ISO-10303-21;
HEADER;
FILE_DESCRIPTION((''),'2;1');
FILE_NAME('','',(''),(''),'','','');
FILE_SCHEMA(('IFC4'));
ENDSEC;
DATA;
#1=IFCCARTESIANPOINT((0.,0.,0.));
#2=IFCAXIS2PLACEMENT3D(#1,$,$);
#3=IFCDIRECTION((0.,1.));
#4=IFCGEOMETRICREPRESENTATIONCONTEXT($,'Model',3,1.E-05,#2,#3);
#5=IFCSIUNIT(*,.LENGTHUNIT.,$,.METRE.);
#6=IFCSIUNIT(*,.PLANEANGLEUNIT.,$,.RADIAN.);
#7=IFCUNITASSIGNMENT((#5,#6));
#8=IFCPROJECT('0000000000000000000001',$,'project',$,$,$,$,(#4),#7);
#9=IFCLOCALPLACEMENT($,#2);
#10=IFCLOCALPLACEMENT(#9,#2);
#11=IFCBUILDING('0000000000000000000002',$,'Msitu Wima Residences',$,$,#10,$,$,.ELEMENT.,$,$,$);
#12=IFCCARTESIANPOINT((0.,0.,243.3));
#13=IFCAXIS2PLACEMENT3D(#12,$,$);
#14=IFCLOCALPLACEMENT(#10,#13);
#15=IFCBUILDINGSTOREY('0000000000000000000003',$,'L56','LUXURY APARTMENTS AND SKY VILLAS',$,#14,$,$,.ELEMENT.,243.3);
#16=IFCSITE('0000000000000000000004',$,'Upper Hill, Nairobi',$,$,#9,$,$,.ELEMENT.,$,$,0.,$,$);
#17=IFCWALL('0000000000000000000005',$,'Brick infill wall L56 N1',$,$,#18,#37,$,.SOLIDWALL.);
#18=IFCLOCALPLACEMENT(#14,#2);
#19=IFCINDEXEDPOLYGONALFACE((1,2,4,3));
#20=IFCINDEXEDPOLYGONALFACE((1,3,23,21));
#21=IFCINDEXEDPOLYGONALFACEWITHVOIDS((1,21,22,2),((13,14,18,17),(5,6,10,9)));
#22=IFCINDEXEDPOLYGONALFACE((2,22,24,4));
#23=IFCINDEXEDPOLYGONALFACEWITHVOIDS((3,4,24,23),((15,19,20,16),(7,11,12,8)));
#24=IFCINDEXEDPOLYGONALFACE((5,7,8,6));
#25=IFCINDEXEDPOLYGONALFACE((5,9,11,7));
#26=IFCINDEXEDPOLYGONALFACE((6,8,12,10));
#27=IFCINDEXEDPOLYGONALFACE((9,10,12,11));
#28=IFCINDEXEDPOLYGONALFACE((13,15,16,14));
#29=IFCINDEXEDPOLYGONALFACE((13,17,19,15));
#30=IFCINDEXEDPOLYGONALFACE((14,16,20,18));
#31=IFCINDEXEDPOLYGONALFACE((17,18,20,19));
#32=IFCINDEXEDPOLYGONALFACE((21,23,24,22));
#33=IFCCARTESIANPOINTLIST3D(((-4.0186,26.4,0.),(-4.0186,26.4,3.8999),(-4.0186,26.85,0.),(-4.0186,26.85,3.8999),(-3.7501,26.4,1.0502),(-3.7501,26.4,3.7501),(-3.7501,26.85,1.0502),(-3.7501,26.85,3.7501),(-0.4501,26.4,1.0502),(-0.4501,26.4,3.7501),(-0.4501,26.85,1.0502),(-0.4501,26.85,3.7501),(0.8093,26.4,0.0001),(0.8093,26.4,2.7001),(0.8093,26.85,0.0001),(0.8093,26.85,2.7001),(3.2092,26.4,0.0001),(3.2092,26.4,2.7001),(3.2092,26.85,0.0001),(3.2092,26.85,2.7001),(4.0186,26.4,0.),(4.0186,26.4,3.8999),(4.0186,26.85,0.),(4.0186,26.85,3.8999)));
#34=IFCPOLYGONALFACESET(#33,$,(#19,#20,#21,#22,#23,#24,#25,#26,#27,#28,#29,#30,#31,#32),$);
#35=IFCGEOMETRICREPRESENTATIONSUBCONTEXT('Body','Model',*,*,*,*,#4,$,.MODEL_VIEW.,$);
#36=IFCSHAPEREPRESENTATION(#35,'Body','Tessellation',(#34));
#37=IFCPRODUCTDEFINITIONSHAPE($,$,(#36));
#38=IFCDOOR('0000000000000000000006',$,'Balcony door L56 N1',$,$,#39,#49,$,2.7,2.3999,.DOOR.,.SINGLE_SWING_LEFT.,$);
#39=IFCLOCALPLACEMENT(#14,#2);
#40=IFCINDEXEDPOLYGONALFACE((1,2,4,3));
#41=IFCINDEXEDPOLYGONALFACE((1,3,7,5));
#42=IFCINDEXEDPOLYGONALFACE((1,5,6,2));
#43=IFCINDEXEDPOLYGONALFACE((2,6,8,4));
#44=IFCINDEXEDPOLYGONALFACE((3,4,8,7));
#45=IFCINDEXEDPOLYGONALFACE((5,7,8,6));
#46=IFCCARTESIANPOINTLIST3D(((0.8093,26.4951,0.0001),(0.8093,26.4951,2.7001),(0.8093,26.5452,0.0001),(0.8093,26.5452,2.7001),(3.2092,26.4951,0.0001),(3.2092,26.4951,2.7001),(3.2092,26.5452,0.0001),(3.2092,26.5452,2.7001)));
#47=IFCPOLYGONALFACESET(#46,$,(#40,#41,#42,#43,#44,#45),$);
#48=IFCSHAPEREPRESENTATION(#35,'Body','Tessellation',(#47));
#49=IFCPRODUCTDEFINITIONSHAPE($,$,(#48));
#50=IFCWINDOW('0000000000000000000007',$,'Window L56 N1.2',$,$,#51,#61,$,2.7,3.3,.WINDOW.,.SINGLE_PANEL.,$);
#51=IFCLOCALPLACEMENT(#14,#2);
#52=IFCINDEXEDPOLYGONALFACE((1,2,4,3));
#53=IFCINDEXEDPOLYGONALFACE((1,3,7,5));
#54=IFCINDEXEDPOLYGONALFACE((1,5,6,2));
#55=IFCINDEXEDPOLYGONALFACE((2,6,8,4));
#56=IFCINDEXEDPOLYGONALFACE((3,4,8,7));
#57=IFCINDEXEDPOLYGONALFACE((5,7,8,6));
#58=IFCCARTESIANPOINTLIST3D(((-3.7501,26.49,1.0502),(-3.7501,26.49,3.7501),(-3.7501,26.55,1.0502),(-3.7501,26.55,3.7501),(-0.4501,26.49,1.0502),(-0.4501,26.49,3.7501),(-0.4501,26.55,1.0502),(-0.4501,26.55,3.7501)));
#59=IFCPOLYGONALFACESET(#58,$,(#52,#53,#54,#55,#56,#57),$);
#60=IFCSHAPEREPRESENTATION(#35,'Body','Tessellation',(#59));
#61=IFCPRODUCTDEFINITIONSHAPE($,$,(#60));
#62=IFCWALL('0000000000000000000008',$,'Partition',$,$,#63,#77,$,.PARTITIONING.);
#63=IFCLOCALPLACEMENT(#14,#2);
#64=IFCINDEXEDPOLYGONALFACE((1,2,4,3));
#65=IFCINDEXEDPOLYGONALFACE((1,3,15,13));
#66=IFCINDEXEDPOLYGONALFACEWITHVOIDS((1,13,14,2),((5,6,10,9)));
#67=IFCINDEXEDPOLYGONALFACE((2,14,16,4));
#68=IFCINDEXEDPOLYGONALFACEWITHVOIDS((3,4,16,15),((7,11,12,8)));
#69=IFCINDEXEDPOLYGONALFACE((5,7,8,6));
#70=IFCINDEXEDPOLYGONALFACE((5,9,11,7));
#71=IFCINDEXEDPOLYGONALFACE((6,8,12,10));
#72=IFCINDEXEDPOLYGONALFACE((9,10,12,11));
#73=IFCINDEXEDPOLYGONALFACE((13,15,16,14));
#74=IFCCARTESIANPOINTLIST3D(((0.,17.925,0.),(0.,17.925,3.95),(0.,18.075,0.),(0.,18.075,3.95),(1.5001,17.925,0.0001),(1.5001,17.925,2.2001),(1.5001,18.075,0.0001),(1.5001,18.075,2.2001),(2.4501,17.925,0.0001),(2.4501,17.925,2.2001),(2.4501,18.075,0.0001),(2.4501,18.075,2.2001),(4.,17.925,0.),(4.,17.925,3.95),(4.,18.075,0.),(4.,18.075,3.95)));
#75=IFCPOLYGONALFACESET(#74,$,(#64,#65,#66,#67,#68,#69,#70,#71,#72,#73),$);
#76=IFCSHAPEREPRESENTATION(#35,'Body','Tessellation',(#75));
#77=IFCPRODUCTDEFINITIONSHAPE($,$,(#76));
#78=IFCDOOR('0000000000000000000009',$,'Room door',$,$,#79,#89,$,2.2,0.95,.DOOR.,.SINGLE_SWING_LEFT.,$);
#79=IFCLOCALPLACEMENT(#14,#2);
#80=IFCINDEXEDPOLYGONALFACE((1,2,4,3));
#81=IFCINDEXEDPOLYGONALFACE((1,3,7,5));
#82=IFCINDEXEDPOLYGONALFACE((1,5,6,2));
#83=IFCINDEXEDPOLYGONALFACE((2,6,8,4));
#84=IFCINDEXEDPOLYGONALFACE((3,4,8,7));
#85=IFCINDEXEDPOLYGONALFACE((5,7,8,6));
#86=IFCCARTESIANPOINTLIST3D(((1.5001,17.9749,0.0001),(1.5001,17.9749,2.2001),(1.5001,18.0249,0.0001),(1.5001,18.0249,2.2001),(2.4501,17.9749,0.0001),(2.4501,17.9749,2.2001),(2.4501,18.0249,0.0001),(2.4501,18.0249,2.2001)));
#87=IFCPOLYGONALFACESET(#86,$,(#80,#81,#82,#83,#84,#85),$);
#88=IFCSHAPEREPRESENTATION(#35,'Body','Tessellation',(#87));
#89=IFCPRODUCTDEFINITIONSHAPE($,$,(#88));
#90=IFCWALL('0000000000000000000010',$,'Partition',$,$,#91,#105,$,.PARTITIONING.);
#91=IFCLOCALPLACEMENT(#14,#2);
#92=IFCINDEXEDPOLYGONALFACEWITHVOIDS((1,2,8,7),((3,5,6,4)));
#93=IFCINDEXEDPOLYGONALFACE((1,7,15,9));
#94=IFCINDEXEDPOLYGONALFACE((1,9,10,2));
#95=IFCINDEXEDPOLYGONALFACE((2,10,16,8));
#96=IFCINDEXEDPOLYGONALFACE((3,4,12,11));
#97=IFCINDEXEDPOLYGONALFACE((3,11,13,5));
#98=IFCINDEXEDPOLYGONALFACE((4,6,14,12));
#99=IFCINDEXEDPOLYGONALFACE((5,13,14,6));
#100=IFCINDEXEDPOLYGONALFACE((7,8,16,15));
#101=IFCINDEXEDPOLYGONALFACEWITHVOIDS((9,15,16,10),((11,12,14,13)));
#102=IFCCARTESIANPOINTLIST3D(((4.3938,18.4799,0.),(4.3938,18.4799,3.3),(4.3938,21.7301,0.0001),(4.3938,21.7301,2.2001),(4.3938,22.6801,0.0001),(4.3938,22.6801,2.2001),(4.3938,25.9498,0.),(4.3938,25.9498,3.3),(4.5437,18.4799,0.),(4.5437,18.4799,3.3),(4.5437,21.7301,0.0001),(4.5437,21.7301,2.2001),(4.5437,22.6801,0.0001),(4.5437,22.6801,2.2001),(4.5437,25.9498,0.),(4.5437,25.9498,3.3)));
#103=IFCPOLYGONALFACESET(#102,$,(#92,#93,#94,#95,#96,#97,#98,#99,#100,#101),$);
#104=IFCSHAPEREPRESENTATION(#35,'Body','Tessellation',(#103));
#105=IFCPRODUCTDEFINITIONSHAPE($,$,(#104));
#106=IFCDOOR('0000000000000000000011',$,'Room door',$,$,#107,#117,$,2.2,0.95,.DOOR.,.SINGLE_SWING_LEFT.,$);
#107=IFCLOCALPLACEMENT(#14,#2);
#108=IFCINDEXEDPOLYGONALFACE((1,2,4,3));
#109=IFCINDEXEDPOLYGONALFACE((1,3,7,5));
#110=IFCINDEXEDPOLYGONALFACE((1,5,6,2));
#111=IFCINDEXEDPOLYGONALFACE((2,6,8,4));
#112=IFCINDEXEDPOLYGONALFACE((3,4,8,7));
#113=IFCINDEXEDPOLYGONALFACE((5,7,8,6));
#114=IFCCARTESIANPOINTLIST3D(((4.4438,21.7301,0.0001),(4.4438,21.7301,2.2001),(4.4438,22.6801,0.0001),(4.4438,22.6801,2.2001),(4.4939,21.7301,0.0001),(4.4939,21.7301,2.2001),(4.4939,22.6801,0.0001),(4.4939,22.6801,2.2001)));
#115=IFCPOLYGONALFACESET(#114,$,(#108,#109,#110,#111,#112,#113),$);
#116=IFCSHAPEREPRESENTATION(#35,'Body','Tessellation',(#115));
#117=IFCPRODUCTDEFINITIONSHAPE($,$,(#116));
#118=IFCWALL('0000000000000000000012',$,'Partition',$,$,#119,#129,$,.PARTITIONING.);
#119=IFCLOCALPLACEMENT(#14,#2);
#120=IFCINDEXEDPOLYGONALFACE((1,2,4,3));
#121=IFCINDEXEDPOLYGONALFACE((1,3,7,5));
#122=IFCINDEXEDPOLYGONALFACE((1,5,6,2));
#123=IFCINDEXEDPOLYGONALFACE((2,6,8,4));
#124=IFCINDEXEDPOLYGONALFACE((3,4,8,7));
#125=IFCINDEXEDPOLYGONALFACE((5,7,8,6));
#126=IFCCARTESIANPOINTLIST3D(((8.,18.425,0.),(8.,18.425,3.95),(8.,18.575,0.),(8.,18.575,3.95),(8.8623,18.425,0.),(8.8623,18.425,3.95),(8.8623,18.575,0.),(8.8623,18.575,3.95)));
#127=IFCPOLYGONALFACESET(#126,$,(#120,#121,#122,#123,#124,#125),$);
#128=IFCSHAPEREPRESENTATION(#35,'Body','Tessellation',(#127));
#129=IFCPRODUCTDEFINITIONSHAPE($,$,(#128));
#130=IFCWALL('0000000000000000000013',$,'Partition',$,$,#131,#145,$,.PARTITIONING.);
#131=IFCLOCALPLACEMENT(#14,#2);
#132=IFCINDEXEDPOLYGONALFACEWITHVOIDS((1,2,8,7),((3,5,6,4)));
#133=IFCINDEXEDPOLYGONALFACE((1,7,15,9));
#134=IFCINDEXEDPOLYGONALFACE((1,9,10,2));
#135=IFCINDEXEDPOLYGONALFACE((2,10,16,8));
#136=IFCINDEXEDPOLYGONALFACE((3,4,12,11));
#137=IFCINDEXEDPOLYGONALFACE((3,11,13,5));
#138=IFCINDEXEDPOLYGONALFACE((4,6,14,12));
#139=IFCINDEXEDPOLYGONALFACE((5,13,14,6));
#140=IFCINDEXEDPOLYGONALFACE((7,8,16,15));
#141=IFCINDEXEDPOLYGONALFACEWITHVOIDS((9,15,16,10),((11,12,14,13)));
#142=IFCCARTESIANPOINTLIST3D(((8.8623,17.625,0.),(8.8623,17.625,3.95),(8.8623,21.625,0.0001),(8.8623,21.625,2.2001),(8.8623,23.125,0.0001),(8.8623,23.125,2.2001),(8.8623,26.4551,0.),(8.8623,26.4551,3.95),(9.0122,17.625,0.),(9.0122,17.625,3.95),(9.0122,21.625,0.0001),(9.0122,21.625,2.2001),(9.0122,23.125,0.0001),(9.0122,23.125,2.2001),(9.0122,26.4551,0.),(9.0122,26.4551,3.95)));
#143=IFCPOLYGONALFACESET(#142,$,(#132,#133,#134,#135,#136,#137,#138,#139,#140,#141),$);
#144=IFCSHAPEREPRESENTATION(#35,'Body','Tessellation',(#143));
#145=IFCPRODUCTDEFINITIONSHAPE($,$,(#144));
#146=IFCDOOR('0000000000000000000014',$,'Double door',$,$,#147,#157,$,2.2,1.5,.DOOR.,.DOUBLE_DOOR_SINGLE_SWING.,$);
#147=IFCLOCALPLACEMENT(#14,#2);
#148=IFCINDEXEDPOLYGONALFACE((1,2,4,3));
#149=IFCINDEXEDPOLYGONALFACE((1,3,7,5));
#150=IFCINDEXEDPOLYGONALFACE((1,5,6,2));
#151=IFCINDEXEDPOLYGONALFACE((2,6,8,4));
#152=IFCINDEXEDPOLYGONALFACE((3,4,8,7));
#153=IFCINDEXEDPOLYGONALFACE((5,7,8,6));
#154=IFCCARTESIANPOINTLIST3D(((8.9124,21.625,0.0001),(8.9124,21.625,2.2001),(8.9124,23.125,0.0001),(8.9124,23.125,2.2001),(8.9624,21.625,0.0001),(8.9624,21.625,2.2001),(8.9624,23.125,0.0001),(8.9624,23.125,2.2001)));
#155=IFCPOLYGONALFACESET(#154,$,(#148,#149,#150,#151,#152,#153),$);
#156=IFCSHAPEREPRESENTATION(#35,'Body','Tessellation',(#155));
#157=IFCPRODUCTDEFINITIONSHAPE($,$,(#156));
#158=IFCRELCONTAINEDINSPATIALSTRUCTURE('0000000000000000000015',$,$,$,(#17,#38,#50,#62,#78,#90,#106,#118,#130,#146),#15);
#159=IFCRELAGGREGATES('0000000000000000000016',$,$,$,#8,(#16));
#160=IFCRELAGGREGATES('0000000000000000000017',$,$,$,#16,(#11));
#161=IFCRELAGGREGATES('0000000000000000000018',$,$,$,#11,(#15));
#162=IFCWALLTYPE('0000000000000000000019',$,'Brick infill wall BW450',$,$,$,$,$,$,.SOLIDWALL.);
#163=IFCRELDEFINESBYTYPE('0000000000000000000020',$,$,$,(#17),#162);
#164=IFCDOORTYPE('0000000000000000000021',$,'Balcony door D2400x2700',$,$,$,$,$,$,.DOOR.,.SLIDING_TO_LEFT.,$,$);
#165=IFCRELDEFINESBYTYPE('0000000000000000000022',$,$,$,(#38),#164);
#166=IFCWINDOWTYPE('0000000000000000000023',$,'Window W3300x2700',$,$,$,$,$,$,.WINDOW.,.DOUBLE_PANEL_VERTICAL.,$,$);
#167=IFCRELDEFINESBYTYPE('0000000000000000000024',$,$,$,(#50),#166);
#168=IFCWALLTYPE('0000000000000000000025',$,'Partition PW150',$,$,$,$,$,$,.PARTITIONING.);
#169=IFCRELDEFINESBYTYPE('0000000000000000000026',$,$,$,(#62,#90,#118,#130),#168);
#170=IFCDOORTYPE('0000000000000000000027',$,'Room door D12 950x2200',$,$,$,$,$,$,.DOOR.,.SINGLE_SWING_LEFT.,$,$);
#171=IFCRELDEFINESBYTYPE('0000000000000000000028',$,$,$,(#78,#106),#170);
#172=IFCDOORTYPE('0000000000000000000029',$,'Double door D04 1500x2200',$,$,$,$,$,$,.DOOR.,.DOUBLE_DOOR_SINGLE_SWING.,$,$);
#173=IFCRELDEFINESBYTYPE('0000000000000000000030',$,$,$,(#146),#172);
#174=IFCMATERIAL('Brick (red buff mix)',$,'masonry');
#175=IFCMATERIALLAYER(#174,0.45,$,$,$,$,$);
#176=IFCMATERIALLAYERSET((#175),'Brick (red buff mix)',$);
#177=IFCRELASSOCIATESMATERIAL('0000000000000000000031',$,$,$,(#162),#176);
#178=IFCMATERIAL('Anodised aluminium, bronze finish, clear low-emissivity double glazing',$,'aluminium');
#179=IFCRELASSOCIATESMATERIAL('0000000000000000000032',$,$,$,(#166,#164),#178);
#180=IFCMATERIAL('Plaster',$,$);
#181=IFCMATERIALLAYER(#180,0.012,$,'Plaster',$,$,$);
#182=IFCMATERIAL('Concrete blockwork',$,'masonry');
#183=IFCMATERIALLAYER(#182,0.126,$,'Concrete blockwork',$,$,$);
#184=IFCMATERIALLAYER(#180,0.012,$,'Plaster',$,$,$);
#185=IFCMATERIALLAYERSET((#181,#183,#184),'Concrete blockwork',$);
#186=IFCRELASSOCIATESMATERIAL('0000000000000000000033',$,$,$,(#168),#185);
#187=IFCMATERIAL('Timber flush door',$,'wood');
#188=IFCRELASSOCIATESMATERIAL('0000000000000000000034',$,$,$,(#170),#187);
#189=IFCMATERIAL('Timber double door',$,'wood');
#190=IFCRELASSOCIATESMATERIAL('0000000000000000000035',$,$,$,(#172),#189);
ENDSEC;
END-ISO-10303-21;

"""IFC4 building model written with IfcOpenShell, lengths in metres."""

from ifc_helpers import new_model, si_unit, direction, frame, frame_2d, origin, place, context, subcontext, project, spatial, rectangle, extrude, material, layer, layer_set, type_object, element, fill, save


model = new_model("IFC4")

# Units and contexts
model_context = context("Model", 3, precision=1e-05, world=origin(), true_north=direction((0.0, 1.0)))
body_context = subcontext(model_context, "Body", "Model", "MODEL_VIEW")
ifc_project = project(units=[si_unit("LENGTHUNIT", "METRE"), si_unit("PLANEANGLEUNIT", "RADIAN")], contexts=[model_context])

# Site, building, storey
site_placement = place(None, origin())
site = spatial("IfcSite", under=ifc_project, at=site_placement, Name="Upper Hill, Nairobi", CompositionType="ELEMENT", RefElevation=0.0)
building_placement = place(site_placement, origin())
building = spatial("IfcBuilding", under=site, at=building_placement, Name="Msitu Wima Residences", CompositionType="ELEMENT")
storey_placement = place(building_placement, frame((0.0, 0.0, 243.3)))
storey = spatial("IfcBuildingStorey", under=building, at=storey_placement, Name="L56", Description="LUXURY APARTMENTS AND SKY VILLAS", CompositionType="ELEMENT", Elevation=243.3)

# Shared definitions
ifc_material_1 = material(Name="Brick (red buff mix)", Category="masonry")
ifc_layer_1 = layer(ifc_material_1, 0.45)
ifc_layer_set_1 = layer_set([ifc_layer_1], Name="Brick (red buff mix)")
wall_type_1 = type_object("IfcWallType", Name="Brick infill wall BW450", PredefinedType="SOLIDWALL", material=ifc_layer_set_1)
ifc_material_2 = material(Name="Anodised aluminium, bronze finish, clear low-emissivity double glazing", Category="aluminium")
window_type = type_object("IfcWindowType", Name="Window W3300x2700", PartitioningType="DOUBLE_PANEL_VERTICAL", PredefinedType="WINDOW", material=ifc_material_2)

# Wall, openings, door, window
wall_1_placement = place(storey_placement, frame((4.0186, 26.625, 0.0), z_axis=(0.0, 0.0, 1.0), x_axis=(-1.0, 0.0, 0.0)))
wall_1 = element("IfcWall", 1, at=wall_1_placement, inside=storey, type_object=wall_type_1, Name="Brick infill wall L56 N1", PredefinedType="SOLIDWALL", context=body_context, shape_type="SweptSolid", body=[
    extrude(rectangle(XDim=8.0371, YDim=0.45, at=frame_2d((4.0186, 0.0))), origin(), (0.0, 0.0, 1.0), 3.8999),
])
opening_1_placement = place(wall_1_placement, frame((0.8093, 0.0, 0.0)))
opening_1 = element("IfcOpeningElement", 2, at=opening_1_placement, cuts=wall_1, PredefinedType="OPENING", context=body_context, shape_type="SweptSolid", body=[
    extrude(rectangle(XDim=2.3999, YDim=2.7, at=frame_2d((1.2, 1.3501))), frame((0.0, 0.2349, 0.0), z_axis=(0.0, -1.0, 0.0), x_axis=(1.0, 0.0, 0.0)), (0.0, 0.0, 1.0), 0.47),
])
opening_2_placement = place(wall_1_placement, frame((4.4688, 0.0, 1.05)))
opening_2 = element("IfcOpeningElement", 3, at=opening_2_placement, cuts=wall_1, PredefinedType="OPENING", context=body_context, shape_type="SweptSolid", body=[
    extrude(rectangle(XDim=3.3, YDim=2.7, at=frame_2d((1.6499, 1.3501))), frame((0.0, 0.2349, 0.0), z_axis=(0.0, -1.0, 0.0), x_axis=(1.0, 0.0, 0.0)), (0.0, 0.0, 1.0), 0.47),
])
door_type_1 = type_object("IfcDoorType", Name="Balcony door D2400x2700", OperationType="SLIDING_TO_LEFT", PredefinedType="DOOR", material=ifc_material_2)
door_1_placement = place(opening_1_placement, origin())
door_1 = element("IfcDoor", 4, at=door_1_placement, inside=storey, type_object=door_type_1, Name="Balcony door L56 N1", OperationType="SINGLE_SWING_LEFT", OverallHeight=2.7, OverallWidth=2.3999, PredefinedType="DOOR", context=body_context, shape_type="SweptSolid", body=[
    extrude(rectangle(XDim=2.3999, YDim=2.7, at=frame_2d((1.2, 1.3501))), frame((0.0, 0.1299, 0.0), z_axis=(0.0, -1.0, 0.0), x_axis=(1.0, 0.0, 0.0)), (0.0, 0.0, 1.0), 0.05),
])
fill(opening_1, door_1)
window_1_placement = place(opening_2_placement, origin())
window_1 = element("IfcWindow", 5, at=window_1_placement, inside=storey, type_object=window_type, Name="Window L56 N1.2", OverallHeight=2.7, OverallWidth=3.3, PartitioningType="SINGLE_PANEL", PredefinedType="WINDOW", context=body_context, shape_type="SweptSolid", body=[
    extrude(rectangle(XDim=3.3, YDim=2.7, at=frame_2d((1.6499, 1.3501))), frame((0.0, 0.135, 0.0), z_axis=(0.0, -1.0, 0.0), x_axis=(1.0, 0.0, 0.0)), (0.0, 0.0, 1.0), 0.0601),
])
fill(opening_2, window_1)

# Walls, openings, doors
ifc_material_3 = material(Name="Plaster")
ifc_layer_2 = layer(ifc_material_3, 0.012, Name="Plaster")
ifc_material_4 = material(Name="Concrete blockwork", Category="masonry")
ifc_layer_3 = layer(ifc_material_4, 0.126, Name="Concrete blockwork")
ifc_layer_4 = layer(ifc_material_3, 0.012, Name="Plaster")
ifc_layer_set_2 = layer_set([ifc_layer_2, ifc_layer_3, ifc_layer_4], Name="Concrete blockwork")
wall_type_2 = type_object("IfcWallType", Name="Partition PW150", PredefinedType="PARTITIONING", material=ifc_layer_set_2)
wall_2_placement = place(storey_placement, frame((0.0, 18.0, 0.0), z_axis=(0.0, 0.0, 1.0), x_axis=(1.0, 0.0, 0.0)))
wall_2 = element("IfcWall", 6, at=wall_2_placement, inside=storey, type_object=wall_type_2, Name="Partition", PredefinedType="PARTITIONING", context=body_context, shape_type="SweptSolid", body=[
    extrude(rectangle(XDim=4.0, YDim=0.1499, at=frame_2d((2.0, 0.0))), origin(), (0.0, 0.0, 1.0), 3.95),
])
opening_3_placement = place(wall_2_placement, frame((1.5, 0.0, 0.0)))
opening_3 = element("IfcOpeningElement", 7, at=opening_3_placement, cuts=wall_2, PredefinedType="OPENING", context=body_context, shape_type="SweptSolid", body=[
    extrude(rectangle(XDim=0.95, YDim=2.2, at=frame_2d((0.4751, 1.1001))), frame((0.0, 0.085, 0.0), z_axis=(0.0, -1.0, 0.0), x_axis=(1.0, 0.0, 0.0)), (0.0, 0.0, 1.0), 0.1699),
])
ifc_material_5 = material(Name="Timber flush door", Category="wood")
door_type_2 = type_object("IfcDoorType", Name="Room door D12 950x2200", OperationType="SINGLE_SWING_LEFT", PredefinedType="DOOR", material=ifc_material_5)
door_2_placement = place(opening_3_placement, origin())
door_2 = element("IfcDoor", 8, at=door_2_placement, inside=storey, type_object=door_type_2, Name="Room door", OperationType="SINGLE_SWING_LEFT", OverallHeight=2.2, OverallWidth=0.95, PredefinedType="DOOR", context=body_context, shape_type="SweptSolid", body=[
    extrude(rectangle(XDim=0.95, YDim=2.2, at=frame_2d((0.4751, 1.1001))), frame((0.0, 0.0249, 0.0), z_axis=(0.0, -1.0, 0.0), x_axis=(1.0, 0.0, 0.0)), (0.0, 0.0, 1.0), 0.05),
])
fill(opening_3, door_2)
wall_3_placement = place(storey_placement, frame((4.4688, 18.48, 0.0), z_axis=(0.0, 0.0, 1.0), x_axis=(0.0, 1.0, 0.0)))
wall_3 = element("IfcWall", 9, at=wall_3_placement, inside=storey, type_object=wall_type_2, Name="Partition", PredefinedType="PARTITIONING", context=body_context, shape_type="SweptSolid", body=[
    extrude(rectangle(XDim=7.47, YDim=0.1499, at=frame_2d((3.7349, 0.0))), origin(), (0.0, 0.0, 1.0), 3.3),
])
opening_4_placement = place(wall_3_placement, frame((3.25, 0.0, 0.0)))
opening_4 = element("IfcOpeningElement", 10, at=opening_4_placement, cuts=wall_3, PredefinedType="OPENING", context=body_context, shape_type="SweptSolid", body=[
    extrude(rectangle(XDim=0.95, YDim=2.2, at=frame_2d((0.4751, 1.1001))), frame((0.0, 0.085, 0.0), z_axis=(0.0, -1.0, 0.0), x_axis=(1.0, 0.0, 0.0)), (0.0, 0.0, 1.0), 0.1699),
])
door_3_placement = place(opening_4_placement, origin())
door_3 = element("IfcDoor", 11, at=door_3_placement, inside=storey, type_object=door_type_2, Name="Room door", OperationType="SINGLE_SWING_LEFT", OverallHeight=2.2, OverallWidth=0.95, PredefinedType="DOOR", context=body_context, shape_type="SweptSolid", body=[
    extrude(rectangle(XDim=0.95, YDim=2.2, at=frame_2d((0.4751, 1.1001))), frame((0.0, 0.0249, 0.0), z_axis=(0.0, -1.0, 0.0), x_axis=(1.0, 0.0, 0.0)), (0.0, 0.0, 1.0), 0.05),
])
fill(opening_4, door_3)

# Wall
wall_4_placement = place(storey_placement, frame((8.0, 18.5, 0.0), z_axis=(0.0, 0.0, 1.0), x_axis=(1.0, 0.0, 0.0)))
element("IfcWall", 12, at=wall_4_placement, inside=storey, type_object=wall_type_2, Name="Partition", PredefinedType="PARTITIONING", context=body_context, shape_type="SweptSolid", body=[
    extrude(rectangle(XDim=0.8623, YDim=0.1499, at=frame_2d((0.4312, 0.0))), origin(), (0.0, 0.0, 1.0), 3.95),
])

# Wall, opening, door
wall_5_placement = place(storey_placement, frame((8.9373, 17.625, 0.0), z_axis=(0.0, 0.0, 1.0), x_axis=(0.0, 1.0, 0.0)))
wall_5 = element("IfcWall", 13, at=wall_5_placement, inside=storey, type_object=wall_type_2, Name="Partition", PredefinedType="PARTITIONING", context=body_context, shape_type="SweptSolid", body=[
    extrude(rectangle(XDim=8.8301, YDim=0.1499, at=frame_2d((4.415, 0.0))), origin(), (0.0, 0.0, 1.0), 3.95),
])
opening_5_placement = place(wall_5_placement, frame((4.0, 0.0, 0.0)))
opening_5 = element("IfcOpeningElement", 14, at=opening_5_placement, cuts=wall_5, PredefinedType="OPENING", context=body_context, shape_type="SweptSolid", body=[
    extrude(rectangle(XDim=1.5, YDim=2.2, at=frame_2d((0.75, 1.1001))), frame((0.0, 0.085, 0.0), z_axis=(0.0, -1.0, 0.0), x_axis=(1.0, 0.0, 0.0)), (0.0, 0.0, 1.0), 0.1699),
])
ifc_material_6 = material(Name="Timber double door", Category="wood")
door_type_3 = type_object("IfcDoorType", Name="Double door D04 1500x2200", OperationType="DOUBLE_DOOR_SINGLE_SWING", PredefinedType="DOOR", material=ifc_material_6)
door_4_placement = place(opening_5_placement, origin())
door_4 = element("IfcDoor", 15, at=door_4_placement, inside=storey, type_object=door_type_3, Name="Double door", OperationType="DOUBLE_DOOR_SINGLE_SWING", OverallHeight=2.2, OverallWidth=1.5, PredefinedType="DOOR", context=body_context, shape_type="SweptSolid", body=[
    extrude(rectangle(XDim=1.5, YDim=2.2, at=frame_2d((0.75, 1.1001))), frame((0.0, 0.0249, 0.0), z_axis=(0.0, -1.0, 0.0), x_axis=(1.0, 0.0, 0.0)), (0.0, 0.0, 1.0), 0.05),
])
fill(opening_5, door_4)

save(model, "model.ifc")
